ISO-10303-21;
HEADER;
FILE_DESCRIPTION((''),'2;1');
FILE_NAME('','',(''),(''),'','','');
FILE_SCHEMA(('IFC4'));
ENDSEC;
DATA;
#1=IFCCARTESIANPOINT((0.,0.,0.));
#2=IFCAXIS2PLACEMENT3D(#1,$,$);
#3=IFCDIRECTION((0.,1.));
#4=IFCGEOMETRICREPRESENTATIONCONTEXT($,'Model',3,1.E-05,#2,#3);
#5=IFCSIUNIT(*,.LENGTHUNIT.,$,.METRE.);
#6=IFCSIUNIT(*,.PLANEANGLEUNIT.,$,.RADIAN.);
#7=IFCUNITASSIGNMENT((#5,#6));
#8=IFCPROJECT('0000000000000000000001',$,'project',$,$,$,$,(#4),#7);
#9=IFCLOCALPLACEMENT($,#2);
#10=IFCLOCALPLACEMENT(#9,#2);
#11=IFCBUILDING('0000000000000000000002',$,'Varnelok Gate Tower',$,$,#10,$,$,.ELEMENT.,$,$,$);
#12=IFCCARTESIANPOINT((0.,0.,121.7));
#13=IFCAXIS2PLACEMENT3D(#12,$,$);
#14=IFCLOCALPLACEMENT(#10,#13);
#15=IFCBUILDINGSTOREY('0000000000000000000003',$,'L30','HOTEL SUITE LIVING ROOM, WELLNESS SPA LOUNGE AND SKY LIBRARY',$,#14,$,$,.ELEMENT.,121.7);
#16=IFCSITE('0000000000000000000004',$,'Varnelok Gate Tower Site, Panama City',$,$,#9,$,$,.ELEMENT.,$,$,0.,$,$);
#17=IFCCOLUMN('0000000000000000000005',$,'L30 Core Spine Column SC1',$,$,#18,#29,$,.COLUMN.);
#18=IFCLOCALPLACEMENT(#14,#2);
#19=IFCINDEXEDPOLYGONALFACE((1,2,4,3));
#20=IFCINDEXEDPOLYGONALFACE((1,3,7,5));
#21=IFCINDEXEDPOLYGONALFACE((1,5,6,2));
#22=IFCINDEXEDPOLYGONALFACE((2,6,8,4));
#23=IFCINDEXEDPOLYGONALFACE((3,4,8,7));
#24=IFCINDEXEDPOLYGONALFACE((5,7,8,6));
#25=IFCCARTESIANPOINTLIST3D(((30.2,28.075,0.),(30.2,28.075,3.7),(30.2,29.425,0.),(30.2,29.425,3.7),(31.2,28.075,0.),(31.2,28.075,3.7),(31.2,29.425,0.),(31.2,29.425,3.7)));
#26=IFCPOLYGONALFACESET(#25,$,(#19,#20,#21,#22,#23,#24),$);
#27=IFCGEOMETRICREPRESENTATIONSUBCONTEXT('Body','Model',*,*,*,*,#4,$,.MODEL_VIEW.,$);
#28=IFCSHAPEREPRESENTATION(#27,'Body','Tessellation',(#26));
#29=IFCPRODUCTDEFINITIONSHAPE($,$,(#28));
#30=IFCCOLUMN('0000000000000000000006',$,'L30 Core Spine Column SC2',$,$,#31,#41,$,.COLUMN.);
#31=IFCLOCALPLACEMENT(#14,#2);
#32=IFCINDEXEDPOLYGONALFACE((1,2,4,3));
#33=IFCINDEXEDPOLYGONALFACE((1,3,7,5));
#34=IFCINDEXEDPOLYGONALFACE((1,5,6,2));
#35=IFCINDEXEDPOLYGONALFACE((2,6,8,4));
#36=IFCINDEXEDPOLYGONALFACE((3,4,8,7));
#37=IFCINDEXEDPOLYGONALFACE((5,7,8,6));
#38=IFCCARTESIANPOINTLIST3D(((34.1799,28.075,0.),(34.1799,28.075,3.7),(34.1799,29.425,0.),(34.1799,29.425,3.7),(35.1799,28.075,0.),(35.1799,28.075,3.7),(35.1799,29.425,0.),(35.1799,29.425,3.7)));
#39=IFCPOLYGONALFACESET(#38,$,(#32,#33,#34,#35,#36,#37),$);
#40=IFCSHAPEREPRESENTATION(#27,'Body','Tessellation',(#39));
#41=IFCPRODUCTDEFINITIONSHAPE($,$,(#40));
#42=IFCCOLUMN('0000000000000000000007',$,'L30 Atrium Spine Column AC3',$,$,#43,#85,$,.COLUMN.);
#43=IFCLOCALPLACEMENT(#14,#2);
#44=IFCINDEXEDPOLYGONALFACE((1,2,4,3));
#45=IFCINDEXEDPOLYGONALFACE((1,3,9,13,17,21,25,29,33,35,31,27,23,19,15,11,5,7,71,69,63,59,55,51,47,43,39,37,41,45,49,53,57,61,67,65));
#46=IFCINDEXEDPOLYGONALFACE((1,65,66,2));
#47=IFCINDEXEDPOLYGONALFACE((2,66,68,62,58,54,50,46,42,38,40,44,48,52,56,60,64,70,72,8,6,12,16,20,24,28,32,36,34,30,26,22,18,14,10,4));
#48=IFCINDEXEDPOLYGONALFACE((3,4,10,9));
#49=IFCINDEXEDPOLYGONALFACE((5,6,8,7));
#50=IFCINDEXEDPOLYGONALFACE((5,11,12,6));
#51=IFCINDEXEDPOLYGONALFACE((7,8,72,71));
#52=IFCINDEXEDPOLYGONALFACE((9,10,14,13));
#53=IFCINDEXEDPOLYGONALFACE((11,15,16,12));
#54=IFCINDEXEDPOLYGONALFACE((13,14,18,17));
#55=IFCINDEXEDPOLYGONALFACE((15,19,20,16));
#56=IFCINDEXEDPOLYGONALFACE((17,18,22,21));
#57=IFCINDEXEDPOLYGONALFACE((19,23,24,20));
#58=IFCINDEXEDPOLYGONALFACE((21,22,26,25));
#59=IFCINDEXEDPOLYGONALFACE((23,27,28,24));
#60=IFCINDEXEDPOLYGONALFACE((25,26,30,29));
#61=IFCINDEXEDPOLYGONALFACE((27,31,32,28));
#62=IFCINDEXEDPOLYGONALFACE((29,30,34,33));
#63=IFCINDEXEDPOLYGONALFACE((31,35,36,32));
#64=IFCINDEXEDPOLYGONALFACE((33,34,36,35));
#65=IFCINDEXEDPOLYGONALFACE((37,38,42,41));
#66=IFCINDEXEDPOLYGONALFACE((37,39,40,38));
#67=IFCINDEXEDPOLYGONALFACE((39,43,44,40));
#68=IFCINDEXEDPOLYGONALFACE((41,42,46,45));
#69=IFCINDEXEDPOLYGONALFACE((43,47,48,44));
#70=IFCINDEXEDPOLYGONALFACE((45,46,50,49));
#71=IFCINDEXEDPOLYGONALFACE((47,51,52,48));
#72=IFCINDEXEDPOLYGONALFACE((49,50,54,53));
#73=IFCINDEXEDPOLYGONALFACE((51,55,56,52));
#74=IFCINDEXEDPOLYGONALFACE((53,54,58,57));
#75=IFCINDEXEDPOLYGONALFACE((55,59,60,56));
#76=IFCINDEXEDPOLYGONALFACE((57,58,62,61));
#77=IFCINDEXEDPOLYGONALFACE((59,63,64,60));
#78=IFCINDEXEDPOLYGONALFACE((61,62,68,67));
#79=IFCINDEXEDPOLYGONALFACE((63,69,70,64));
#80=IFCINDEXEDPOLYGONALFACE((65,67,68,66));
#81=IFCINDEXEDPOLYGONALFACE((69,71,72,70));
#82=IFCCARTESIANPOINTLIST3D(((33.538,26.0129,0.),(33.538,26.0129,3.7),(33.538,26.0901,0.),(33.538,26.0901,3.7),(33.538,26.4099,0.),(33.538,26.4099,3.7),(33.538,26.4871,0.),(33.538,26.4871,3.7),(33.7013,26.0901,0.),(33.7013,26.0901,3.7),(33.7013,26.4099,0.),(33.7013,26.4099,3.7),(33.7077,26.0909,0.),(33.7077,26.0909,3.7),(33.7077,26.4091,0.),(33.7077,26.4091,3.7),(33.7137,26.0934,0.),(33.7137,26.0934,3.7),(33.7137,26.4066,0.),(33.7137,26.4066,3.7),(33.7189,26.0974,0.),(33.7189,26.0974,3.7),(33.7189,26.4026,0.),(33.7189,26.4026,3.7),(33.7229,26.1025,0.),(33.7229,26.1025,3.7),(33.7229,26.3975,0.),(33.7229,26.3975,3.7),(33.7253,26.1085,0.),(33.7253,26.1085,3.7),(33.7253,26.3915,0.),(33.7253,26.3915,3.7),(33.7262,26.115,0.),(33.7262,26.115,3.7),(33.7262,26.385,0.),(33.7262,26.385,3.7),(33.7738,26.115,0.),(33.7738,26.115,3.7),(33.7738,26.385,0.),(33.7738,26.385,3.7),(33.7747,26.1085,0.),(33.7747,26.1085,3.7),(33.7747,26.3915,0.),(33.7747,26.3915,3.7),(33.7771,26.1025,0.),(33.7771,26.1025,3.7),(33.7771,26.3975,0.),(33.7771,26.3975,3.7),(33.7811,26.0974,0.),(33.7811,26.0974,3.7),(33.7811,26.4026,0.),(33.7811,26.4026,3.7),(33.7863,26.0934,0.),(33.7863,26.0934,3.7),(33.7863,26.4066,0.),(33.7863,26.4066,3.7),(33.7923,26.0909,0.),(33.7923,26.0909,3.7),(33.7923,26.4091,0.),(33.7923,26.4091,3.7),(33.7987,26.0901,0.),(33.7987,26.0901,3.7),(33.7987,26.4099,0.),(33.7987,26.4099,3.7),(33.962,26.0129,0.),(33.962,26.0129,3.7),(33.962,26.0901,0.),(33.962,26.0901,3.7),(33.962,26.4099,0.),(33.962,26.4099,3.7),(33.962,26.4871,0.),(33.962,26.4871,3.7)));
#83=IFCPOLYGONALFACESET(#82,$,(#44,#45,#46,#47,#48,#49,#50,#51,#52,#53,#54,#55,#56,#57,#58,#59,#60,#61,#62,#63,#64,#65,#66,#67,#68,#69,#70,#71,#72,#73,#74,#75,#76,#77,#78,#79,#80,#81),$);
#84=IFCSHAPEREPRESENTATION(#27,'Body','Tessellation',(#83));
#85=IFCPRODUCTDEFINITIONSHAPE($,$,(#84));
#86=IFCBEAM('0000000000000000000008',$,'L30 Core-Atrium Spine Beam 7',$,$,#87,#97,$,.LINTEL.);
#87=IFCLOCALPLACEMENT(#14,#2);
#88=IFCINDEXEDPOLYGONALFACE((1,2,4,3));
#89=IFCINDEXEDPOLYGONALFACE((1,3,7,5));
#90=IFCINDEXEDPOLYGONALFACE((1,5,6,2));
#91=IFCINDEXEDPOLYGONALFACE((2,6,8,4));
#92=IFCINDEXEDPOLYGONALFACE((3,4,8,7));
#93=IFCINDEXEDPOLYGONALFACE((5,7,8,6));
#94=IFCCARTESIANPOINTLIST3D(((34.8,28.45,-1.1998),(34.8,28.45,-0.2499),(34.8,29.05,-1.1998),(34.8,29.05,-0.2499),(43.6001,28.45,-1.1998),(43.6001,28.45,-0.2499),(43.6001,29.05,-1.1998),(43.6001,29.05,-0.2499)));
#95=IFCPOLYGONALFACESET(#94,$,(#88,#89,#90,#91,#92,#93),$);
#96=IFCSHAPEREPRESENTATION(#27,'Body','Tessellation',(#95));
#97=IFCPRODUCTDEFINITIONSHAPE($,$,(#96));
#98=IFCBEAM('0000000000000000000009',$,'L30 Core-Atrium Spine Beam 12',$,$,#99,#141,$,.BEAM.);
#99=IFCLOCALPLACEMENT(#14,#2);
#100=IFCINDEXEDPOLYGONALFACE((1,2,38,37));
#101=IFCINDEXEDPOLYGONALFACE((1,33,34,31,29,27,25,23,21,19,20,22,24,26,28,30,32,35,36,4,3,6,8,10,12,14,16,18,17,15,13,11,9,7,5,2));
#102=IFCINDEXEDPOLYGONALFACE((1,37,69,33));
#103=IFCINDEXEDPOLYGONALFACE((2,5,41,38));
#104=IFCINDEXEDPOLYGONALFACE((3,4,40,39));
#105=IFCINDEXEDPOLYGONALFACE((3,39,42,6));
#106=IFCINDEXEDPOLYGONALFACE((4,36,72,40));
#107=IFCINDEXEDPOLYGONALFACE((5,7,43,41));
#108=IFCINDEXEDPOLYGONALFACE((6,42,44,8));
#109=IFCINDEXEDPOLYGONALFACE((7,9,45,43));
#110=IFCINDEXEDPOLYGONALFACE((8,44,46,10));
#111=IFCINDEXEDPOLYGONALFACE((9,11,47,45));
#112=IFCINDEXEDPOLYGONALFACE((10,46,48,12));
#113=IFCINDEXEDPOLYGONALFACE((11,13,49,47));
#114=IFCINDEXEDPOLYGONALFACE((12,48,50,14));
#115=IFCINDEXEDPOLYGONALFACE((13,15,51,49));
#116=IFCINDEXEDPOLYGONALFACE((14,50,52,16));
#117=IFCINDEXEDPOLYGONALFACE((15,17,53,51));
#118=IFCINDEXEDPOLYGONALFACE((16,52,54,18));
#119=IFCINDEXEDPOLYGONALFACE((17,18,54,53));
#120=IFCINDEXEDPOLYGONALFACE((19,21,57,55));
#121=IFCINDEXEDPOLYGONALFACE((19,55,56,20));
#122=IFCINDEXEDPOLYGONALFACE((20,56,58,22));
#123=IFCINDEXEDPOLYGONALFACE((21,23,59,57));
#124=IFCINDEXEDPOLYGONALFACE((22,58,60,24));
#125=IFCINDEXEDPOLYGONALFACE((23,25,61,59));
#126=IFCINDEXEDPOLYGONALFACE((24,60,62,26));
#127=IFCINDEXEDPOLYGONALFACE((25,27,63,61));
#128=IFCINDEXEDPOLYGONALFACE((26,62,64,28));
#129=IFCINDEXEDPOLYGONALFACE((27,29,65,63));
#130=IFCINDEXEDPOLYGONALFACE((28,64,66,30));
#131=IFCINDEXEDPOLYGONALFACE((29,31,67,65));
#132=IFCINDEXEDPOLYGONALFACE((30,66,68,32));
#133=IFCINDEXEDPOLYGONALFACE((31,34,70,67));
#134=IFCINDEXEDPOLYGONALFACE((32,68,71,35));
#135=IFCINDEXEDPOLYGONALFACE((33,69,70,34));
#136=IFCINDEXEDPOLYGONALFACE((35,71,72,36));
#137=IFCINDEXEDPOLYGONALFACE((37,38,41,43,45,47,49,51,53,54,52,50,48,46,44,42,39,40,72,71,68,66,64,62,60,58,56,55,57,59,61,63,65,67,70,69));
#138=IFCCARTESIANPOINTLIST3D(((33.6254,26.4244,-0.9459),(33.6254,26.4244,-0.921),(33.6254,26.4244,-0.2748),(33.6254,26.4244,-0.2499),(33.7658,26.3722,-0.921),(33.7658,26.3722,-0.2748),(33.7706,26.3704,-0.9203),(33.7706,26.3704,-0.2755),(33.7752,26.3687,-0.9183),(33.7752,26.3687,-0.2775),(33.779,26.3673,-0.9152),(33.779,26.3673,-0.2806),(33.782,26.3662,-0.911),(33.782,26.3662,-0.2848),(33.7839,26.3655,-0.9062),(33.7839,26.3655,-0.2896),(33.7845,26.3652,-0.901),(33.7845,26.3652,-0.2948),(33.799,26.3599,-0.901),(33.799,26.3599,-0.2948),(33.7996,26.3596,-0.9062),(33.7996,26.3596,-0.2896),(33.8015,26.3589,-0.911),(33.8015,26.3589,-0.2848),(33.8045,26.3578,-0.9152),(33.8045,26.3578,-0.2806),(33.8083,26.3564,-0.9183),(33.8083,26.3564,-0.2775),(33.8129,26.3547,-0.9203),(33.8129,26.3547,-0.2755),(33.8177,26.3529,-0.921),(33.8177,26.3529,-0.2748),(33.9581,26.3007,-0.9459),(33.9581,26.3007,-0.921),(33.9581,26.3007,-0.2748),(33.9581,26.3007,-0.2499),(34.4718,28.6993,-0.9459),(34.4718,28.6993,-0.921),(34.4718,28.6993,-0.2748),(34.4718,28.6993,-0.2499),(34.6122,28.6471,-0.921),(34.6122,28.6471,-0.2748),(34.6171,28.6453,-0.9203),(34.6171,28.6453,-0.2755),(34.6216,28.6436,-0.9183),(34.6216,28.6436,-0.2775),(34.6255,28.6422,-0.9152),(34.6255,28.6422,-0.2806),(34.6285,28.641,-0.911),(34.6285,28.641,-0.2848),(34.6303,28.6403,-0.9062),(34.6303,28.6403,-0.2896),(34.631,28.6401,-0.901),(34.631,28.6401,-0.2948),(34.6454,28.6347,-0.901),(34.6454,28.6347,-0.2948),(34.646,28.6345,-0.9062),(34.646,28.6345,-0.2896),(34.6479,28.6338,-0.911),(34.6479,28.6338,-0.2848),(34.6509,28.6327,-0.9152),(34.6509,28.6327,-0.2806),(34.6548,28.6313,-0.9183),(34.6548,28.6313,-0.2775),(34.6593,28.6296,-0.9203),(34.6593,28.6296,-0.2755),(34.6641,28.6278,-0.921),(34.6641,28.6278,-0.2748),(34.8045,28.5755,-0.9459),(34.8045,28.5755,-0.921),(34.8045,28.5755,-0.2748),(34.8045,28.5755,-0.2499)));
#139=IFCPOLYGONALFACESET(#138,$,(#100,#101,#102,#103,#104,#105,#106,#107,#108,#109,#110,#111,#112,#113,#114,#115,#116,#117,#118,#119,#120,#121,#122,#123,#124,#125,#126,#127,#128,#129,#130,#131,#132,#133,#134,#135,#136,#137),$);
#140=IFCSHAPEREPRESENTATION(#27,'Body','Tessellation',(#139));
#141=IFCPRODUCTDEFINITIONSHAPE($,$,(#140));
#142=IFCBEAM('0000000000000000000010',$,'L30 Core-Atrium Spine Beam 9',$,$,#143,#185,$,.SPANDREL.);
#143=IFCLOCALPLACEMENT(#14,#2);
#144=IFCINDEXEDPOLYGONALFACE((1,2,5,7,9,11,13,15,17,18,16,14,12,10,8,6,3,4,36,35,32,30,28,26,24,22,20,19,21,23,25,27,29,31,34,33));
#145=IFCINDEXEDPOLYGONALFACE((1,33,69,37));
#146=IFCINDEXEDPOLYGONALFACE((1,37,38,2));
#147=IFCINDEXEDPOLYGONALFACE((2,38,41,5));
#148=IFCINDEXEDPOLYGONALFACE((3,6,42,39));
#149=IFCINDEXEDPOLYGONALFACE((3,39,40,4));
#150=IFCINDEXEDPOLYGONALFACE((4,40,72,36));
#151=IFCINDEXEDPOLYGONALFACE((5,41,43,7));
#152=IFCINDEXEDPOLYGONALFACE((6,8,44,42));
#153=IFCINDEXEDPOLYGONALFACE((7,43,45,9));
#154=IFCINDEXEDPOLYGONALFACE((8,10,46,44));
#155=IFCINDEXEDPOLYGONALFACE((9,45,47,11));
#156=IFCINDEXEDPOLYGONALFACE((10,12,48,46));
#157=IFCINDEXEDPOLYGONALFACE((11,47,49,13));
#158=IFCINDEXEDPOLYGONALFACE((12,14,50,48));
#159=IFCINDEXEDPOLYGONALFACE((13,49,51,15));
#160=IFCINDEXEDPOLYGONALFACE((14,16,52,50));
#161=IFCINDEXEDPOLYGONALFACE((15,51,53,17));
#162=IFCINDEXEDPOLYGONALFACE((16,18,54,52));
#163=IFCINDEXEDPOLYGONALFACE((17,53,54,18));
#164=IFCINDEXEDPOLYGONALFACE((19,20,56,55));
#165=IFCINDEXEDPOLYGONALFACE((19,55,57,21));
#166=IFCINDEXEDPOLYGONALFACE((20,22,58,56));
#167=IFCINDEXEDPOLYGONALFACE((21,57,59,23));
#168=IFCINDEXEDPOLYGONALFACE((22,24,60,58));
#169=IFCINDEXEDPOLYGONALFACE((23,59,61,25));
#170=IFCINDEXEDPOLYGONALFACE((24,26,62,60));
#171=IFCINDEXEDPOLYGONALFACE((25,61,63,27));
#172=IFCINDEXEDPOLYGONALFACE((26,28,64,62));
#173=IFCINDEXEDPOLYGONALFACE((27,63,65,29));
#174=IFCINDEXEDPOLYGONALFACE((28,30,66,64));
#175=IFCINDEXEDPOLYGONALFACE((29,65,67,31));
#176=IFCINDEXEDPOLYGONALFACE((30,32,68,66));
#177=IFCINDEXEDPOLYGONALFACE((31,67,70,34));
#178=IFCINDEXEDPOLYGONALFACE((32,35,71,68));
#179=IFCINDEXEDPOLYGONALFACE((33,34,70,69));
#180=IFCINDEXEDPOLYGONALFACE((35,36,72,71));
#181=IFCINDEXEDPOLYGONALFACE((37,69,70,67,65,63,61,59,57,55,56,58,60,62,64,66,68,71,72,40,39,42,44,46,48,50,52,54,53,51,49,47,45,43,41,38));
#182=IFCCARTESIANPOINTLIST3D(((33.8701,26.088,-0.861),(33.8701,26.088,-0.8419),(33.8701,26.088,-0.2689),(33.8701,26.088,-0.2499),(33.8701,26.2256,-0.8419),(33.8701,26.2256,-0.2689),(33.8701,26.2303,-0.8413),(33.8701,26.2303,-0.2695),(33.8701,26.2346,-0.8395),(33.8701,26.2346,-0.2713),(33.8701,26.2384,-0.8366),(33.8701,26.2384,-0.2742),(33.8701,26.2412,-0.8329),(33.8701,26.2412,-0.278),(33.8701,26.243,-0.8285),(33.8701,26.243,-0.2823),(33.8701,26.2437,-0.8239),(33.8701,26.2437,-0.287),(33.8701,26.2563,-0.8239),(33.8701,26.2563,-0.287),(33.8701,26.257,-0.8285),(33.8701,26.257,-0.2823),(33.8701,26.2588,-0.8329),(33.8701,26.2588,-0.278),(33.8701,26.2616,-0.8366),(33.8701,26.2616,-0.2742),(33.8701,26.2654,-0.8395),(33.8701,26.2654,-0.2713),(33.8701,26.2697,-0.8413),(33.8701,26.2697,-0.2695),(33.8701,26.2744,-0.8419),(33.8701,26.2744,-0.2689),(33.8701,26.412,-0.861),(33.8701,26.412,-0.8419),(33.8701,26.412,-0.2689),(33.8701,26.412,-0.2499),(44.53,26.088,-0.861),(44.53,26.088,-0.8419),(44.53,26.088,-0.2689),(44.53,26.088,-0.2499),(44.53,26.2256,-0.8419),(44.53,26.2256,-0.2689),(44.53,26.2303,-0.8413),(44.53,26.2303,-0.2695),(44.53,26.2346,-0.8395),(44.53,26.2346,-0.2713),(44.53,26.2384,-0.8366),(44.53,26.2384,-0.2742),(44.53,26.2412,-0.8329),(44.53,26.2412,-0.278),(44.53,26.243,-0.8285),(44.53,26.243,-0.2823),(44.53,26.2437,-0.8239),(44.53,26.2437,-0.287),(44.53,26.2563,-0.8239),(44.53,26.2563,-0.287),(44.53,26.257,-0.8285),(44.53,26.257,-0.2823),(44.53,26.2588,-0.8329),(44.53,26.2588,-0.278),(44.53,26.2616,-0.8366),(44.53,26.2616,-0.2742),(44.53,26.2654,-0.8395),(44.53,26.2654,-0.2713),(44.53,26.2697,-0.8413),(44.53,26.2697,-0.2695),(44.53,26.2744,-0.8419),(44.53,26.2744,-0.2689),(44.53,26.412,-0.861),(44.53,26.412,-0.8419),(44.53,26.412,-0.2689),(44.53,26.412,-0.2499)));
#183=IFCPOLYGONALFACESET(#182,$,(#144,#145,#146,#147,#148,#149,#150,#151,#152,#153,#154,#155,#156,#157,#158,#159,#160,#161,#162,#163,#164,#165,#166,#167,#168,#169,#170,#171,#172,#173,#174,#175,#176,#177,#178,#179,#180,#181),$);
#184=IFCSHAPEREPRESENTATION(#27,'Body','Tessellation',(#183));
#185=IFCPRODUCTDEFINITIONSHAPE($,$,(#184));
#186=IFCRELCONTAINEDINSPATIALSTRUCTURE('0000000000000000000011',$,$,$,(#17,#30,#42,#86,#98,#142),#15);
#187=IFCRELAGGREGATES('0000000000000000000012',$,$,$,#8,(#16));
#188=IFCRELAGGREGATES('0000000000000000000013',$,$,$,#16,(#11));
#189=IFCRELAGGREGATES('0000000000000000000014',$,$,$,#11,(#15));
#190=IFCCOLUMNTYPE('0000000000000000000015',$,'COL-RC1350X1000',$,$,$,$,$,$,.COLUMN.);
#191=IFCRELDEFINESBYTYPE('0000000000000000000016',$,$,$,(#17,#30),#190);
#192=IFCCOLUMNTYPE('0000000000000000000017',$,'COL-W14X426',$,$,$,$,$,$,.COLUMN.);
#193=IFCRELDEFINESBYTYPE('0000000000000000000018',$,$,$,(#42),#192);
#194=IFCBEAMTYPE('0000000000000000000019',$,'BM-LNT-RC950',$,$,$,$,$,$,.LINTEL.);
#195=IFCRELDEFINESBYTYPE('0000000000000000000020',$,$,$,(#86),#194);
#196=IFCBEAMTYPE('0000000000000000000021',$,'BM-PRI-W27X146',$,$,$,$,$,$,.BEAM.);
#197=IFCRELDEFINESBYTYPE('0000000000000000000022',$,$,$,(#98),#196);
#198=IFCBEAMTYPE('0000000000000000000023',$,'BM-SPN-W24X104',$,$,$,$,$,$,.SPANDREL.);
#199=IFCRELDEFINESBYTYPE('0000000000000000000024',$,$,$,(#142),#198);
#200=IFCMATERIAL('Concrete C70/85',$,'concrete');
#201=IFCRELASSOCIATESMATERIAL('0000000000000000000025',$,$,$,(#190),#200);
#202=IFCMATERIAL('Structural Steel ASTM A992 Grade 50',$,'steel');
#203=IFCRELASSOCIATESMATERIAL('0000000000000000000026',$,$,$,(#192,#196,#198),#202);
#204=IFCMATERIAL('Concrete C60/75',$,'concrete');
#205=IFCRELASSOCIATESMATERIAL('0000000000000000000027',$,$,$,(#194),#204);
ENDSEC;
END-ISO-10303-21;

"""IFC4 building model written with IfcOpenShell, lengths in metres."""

from ifc_helpers import new_model, si_unit, direction, frame, origin, origin_2d, place, context, subcontext, project, spatial, rectangle, i_section, extrude, material, material_profile, profile_set, type_object, element, save


model = new_model("IFC4")

# Units and contexts
model_context = context("Model", 3, precision=1e-05, world=origin(), true_north=direction((0.0, 1.0)))
body_context = subcontext(model_context, "Body", "Model", "MODEL_VIEW")
ifc_project = project(units=[si_unit("LENGTHUNIT", "METRE"), si_unit("PLANEANGLEUNIT", "RADIAN")], contexts=[model_context])

# Site, building, storey
site_placement = place(None, origin())
site = spatial("IfcSite", under=ifc_project, at=site_placement, Name="Varnelok Gate Tower Site, Panama City", CompositionType="ELEMENT", RefElevation=0.0)
building_placement = place(site_placement, origin())
building = spatial("IfcBuilding", under=site, at=building_placement, Name="Varnelok Gate Tower", CompositionType="ELEMENT")
storey_placement = place(building_placement, frame((0.0, 0.0, 121.7)))
storey = spatial("IfcBuildingStorey", under=building, at=storey_placement, Name="L30", Description="HOTEL SUITE LIVING ROOM, WELLNESS SPA LOUNGE AND SKY LIBRARY", CompositionType="ELEMENT", Elevation=121.7)

# Columns
ifc_material_1 = material(Name="Concrete C70/85", Category="concrete")
ifc_material_profile_1 = material_profile(ifc_material_1, rectangle(XDim=1.0, YDim=1.3501, at=origin_2d()), Name="RC1350X1000")
ifc_profile_set_1 = profile_set([ifc_material_profile_1], Name="Concrete C70/85")
column_type_1 = type_object("IfcColumnType", Name="COL-RC1350X1000", PredefinedType="COLUMN", material=ifc_profile_set_1)
for number, where, z_axis, x_axis, name in (
    (1, (30.7, 28.75, 0.0), (0.0, 0.0, 1.0), (1.0, 0.0, 0.0), "L30 Core Spine Column SC1"),
    (2, (34.6799, 28.75, 0.0), (0.0, 0.0, 1.0), (1.0, 0.0, 0.0), "L30 Core Spine Column SC2"),
):
    element("IfcColumn", number, at=place(storey_placement, frame(where, z_axis=z_axis, x_axis=x_axis)), inside=storey, type_object=column_type_1, Name=name, PredefinedType="COLUMN", context=body_context, shape_type="SweptSolid", body=[
        extrude(rectangle(XDim=1.0, YDim=1.3501, at=origin_2d()), origin(), (0.0, 0.0, 1.0), 3.7),
    ])
ifc_material_2 = material(Name="Structural Steel ASTM A992 Grade 50", Category="steel")
ifc_material_profile_2 = material_profile(ifc_material_2, i_section(OverallWidth=0.4241, OverallDepth=0.4741, WebThickness=0.0476, FlangeThickness=0.0771, FilletRadius=0.0249, at=origin_2d()), Name="W14X426")
ifc_profile_set_2 = profile_set([ifc_material_profile_2], Name="Structural Steel ASTM A992 Grade 50")
column_type_2 = type_object("IfcColumnType", Name="COL-W14X426", PredefinedType="COLUMN", material=ifc_profile_set_2)
column_placement = place(storey_placement, frame((33.75, 26.25, 0.0), z_axis=(0.0, 0.0, 1.0), x_axis=(1.0, 0.0, 0.0)))
element("IfcColumn", 3, at=column_placement, inside=storey, type_object=column_type_2, Name="L30 Atrium Spine Column AC3", PredefinedType="COLUMN", context=body_context, shape_type="SweptSolid", body=[
    extrude(i_section(OverallWidth=0.4241, OverallDepth=0.4741, WebThickness=0.0476, FlangeThickness=0.0771, FilletRadius=0.0249, at=origin_2d()), origin(), (0.0, 0.0, 1.0), 3.7),
])

# Beams
ifc_material_3 = material(Name="Concrete C60/75", Category="concrete")
ifc_material_profile_3 = material_profile(ifc_material_3, rectangle(XDim=0.6001, YDim=0.95, at=origin_2d()), Name="RC950X600")
ifc_profile_set_3 = profile_set([ifc_material_profile_3], Name="Concrete C60/75")
beam_type_1 = type_object("IfcBeamType", Name="BM-LNT-RC950", PredefinedType="LINTEL", material=ifc_profile_set_3)
beam_1_placement = place(storey_placement, frame((34.8, 28.75, -0.7249), z_axis=(1.0, 0.0, 0.0), x_axis=(0.0, 1.0, 0.0)))
element("IfcBeam", 4, at=beam_1_placement, inside=storey, type_object=beam_type_1, Name="L30 Core-Atrium Spine Beam 7", PredefinedType="LINTEL", context=body_context, shape_type="SweptSolid", body=[
    extrude(rectangle(XDim=0.6001, YDim=0.95, at=origin_2d()), origin(), (0.0, 0.0, 1.0), 8.8),
])
ifc_material_profile_4 = material_profile(ifc_material_2, i_section(OverallWidth=0.355, OverallDepth=0.696, WebThickness=0.0154, FlangeThickness=0.0249, FilletRadius=0.02, at=origin_2d()), Name="W27X146")
ifc_profile_set_4 = profile_set([ifc_material_profile_4], Name="Structural Steel ASTM A992 Grade 50")
beam_type_2 = type_object("IfcBeamType", Name="BM-PRI-W27X146", PredefinedType="BEAM", material=ifc_profile_set_4)
beam_2_placement = place(storey_placement, frame((33.7917, 26.3625, -0.5979), z_axis=(0.348719, 0.937227, 0.0), x_axis=(-0.937227, 0.348719, 0.0)))
element("IfcBeam", 5, at=beam_2_placement, inside=storey, type_object=beam_type_2, Name="L30 Core-Atrium Spine Beam 12", PredefinedType="BEAM", context=body_context, shape_type="SweptSolid", body=[
    extrude(i_section(OverallWidth=0.355, OverallDepth=0.696, WebThickness=0.0154, FlangeThickness=0.0249, FilletRadius=0.02, at=origin_2d()), origin(), (0.0, 0.0, 1.0), 2.4272),
])
ifc_material_profile_5 = material_profile(ifc_material_2, i_section(OverallWidth=0.324, OverallDepth=0.6111, WebThickness=0.0127, FlangeThickness=0.019, FilletRadius=0.0181, at=origin_2d()), Name="W24X104")
ifc_profile_set_5 = profile_set([ifc_material_profile_5], Name="Structural Steel ASTM A992 Grade 50")
beam_type_3 = type_object("IfcBeamType", Name="BM-SPN-W24X104", PredefinedType="SPANDREL", material=ifc_profile_set_5)
beam_3_placement = place(storey_placement, frame((33.8701, 26.25, -0.5554), z_axis=(1.0, 0.0, 0.0), x_axis=(0.0, 1.0, 0.0)))
element("IfcBeam", 6, at=beam_3_placement, inside=storey, type_object=beam_type_3, Name="L30 Core-Atrium Spine Beam 9", PredefinedType="SPANDREL", context=body_context, shape_type="SweptSolid", body=[
    extrude(i_section(OverallWidth=0.324, OverallDepth=0.6111, WebThickness=0.0127, FlangeThickness=0.019, FilletRadius=0.0181, at=origin_2d()), origin(), (0.0, 0.0, 1.0), 10.6599),
])

save(model, "model.ifc")
